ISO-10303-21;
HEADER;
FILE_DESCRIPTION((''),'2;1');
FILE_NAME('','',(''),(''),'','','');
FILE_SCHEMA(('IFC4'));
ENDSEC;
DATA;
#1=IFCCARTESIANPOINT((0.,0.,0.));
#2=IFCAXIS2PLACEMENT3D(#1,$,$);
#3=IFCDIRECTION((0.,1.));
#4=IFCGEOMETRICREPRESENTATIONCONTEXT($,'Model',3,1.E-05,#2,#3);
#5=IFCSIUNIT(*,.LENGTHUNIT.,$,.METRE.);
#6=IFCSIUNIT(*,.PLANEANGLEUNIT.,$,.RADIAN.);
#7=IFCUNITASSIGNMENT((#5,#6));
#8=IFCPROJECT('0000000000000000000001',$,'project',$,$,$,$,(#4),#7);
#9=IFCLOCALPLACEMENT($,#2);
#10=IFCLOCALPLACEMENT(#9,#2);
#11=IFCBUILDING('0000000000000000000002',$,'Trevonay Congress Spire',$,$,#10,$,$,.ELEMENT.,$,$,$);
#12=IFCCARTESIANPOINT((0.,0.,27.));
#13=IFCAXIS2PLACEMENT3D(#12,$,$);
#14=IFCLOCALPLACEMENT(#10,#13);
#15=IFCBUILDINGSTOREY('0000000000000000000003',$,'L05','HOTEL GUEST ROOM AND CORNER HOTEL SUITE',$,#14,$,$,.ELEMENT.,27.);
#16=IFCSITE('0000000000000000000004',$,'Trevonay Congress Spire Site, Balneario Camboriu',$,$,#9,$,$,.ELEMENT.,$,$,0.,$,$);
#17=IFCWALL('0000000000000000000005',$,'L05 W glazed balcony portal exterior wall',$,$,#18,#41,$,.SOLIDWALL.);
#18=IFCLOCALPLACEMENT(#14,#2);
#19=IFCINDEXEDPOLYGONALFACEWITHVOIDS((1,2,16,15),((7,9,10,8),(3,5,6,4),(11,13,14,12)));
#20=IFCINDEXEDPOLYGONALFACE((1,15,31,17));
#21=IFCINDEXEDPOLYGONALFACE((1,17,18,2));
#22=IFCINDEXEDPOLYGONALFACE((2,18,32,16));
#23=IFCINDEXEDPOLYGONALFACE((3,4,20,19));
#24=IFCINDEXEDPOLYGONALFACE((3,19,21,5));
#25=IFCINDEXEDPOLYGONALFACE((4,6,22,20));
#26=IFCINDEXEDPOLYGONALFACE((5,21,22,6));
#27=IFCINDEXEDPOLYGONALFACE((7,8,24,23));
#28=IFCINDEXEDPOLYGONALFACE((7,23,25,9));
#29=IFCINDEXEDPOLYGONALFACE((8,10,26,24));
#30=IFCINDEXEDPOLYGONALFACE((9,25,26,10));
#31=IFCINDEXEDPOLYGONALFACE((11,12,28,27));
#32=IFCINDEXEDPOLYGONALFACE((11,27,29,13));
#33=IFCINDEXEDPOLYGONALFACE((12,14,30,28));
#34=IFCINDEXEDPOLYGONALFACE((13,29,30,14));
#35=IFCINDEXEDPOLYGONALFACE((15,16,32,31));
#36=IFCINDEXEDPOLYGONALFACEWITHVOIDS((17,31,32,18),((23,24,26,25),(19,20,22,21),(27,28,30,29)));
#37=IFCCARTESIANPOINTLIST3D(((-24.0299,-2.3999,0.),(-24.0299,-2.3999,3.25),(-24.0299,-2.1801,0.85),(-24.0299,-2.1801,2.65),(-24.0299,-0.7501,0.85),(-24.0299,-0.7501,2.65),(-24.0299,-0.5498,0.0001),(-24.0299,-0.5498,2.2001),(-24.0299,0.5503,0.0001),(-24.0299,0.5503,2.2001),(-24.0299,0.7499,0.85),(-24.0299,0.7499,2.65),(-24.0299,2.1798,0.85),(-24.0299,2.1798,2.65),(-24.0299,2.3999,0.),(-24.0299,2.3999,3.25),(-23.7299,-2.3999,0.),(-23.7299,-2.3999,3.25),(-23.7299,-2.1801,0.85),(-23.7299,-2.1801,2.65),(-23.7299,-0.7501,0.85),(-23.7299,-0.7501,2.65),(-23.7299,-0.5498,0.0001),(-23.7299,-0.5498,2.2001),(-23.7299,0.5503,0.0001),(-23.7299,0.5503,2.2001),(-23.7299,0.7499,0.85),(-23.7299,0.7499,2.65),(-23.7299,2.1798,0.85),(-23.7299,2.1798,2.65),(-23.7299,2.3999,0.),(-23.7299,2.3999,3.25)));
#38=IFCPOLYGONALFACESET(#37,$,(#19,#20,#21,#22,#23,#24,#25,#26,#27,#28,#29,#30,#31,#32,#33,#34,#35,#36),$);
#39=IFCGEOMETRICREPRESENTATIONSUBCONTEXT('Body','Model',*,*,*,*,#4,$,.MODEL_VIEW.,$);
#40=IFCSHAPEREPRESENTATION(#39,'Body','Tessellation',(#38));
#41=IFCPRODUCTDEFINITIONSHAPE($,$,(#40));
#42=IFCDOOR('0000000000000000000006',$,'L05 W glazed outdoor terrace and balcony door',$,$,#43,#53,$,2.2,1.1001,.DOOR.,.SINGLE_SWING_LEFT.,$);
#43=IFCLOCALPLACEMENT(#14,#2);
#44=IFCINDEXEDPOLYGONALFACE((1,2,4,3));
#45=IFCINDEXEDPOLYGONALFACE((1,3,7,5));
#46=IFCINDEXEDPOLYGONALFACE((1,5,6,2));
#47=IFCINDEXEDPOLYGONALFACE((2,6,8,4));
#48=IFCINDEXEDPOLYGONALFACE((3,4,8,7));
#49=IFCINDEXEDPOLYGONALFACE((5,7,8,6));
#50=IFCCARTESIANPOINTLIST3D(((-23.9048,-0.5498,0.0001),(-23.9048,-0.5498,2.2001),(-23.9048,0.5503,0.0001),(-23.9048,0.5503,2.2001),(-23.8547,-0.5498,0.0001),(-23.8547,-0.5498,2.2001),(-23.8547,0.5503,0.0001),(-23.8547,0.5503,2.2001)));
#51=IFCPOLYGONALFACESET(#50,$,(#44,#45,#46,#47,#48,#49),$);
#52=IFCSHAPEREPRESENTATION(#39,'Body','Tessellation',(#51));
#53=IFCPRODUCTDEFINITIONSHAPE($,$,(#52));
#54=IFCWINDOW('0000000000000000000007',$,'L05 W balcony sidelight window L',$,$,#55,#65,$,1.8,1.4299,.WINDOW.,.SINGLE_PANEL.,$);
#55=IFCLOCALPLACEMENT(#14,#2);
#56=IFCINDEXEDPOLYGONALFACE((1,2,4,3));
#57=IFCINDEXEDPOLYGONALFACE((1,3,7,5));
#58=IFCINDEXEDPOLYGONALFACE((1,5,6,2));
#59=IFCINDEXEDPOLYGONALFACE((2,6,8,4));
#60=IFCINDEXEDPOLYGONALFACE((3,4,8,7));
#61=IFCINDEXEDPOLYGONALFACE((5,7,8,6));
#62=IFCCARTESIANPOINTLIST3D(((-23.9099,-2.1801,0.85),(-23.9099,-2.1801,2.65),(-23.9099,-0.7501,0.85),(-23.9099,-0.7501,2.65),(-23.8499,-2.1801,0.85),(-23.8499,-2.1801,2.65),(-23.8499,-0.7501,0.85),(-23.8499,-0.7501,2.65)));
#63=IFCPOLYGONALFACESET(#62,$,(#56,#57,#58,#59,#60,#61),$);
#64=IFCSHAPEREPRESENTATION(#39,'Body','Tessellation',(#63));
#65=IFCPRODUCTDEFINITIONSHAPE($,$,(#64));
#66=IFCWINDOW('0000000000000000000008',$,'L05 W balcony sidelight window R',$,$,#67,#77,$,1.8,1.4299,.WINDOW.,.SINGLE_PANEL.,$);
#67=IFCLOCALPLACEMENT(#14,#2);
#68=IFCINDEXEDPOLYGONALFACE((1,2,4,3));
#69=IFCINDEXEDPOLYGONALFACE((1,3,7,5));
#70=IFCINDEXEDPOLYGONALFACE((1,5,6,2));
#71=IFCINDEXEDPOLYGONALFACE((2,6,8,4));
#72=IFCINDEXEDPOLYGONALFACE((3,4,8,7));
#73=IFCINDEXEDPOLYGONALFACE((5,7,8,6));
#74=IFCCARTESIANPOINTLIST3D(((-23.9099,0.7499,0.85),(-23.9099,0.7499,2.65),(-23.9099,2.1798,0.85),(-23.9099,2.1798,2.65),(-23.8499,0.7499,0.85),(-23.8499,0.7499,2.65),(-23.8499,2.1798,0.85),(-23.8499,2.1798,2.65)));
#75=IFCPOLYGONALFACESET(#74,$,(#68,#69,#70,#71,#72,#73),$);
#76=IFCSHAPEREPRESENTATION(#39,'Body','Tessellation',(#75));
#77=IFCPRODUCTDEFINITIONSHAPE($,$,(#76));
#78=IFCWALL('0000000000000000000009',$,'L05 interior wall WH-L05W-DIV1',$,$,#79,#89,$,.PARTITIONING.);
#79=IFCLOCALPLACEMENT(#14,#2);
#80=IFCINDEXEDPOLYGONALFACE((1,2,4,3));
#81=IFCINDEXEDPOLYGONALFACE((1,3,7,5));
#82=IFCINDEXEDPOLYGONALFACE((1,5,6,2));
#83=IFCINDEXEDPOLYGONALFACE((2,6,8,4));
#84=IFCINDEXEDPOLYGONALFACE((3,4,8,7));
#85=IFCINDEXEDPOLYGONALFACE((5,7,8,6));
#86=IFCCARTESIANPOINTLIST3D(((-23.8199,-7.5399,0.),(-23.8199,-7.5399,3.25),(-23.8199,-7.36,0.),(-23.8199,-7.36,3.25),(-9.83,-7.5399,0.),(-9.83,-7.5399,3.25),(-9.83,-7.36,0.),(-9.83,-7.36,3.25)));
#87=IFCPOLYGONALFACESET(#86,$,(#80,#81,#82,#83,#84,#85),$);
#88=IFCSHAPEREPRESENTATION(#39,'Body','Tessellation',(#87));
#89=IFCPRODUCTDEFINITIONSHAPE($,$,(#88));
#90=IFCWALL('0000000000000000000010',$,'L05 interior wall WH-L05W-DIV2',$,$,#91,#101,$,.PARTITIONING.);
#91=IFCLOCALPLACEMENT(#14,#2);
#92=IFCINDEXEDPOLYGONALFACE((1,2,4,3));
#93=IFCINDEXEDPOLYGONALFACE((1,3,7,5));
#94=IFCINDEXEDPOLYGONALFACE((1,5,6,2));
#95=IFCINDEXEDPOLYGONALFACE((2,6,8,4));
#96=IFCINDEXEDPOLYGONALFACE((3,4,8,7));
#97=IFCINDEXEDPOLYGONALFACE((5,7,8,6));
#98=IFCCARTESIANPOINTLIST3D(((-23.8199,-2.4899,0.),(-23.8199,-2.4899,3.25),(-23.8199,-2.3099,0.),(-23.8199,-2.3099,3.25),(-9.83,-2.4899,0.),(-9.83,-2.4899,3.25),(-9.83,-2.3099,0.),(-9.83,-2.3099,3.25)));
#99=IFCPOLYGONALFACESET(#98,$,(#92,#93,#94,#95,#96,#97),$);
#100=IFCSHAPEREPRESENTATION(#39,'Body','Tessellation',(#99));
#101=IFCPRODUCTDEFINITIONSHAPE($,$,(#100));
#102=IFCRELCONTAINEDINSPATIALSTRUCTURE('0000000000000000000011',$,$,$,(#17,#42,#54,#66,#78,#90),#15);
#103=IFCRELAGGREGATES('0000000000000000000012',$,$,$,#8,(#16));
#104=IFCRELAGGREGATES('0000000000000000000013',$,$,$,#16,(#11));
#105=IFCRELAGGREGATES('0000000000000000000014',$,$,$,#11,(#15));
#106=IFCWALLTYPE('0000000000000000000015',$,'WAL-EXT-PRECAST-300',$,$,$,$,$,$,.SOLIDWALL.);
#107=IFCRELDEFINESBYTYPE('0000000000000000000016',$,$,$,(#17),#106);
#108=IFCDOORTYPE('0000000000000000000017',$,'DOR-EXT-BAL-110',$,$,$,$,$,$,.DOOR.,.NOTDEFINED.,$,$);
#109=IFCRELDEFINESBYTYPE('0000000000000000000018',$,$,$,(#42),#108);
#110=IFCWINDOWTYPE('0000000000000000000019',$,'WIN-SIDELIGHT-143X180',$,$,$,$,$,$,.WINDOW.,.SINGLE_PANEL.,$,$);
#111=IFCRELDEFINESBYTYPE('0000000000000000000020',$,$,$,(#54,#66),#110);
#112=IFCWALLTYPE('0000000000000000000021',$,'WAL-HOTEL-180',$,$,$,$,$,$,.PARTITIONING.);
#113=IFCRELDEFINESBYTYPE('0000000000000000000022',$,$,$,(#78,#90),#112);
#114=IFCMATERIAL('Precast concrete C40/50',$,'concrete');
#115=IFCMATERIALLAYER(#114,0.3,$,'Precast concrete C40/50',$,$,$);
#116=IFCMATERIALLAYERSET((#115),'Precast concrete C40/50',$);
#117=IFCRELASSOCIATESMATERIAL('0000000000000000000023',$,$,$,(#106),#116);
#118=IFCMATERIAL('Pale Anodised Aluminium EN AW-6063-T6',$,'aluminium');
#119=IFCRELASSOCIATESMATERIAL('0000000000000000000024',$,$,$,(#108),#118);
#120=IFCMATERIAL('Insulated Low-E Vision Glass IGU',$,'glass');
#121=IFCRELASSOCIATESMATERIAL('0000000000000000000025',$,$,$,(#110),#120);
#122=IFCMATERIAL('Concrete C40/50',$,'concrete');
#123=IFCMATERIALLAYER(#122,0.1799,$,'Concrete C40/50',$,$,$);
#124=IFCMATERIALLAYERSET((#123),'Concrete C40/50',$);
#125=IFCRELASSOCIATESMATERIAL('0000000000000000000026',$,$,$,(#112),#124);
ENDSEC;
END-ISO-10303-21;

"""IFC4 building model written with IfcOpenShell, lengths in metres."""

from ifc_helpers import new_model, si_unit, direction, frame, frame_2d, origin, place, context, subcontext, project, spatial, rectangle, extrude, material, layer, layer_set, type_object, element, fill, save


model = new_model("IFC4")

# Units and contexts
model_context = context("Model", 3, precision=1e-05, world=origin(), true_north=direction((0.0, 1.0)))
body_context = subcontext(model_context, "Body", "Model", "MODEL_VIEW")
ifc_project = project(units=[si_unit("LENGTHUNIT", "METRE"), si_unit("PLANEANGLEUNIT", "RADIAN")], contexts=[model_context])

# Site, building, storey
site_placement = place(None, origin())
site = spatial("IfcSite", under=ifc_project, at=site_placement, Name="Trevonay Congress Spire Site, Balneario Camboriu", CompositionType="ELEMENT", RefElevation=0.0)
building_placement = place(site_placement, origin())
building = spatial("IfcBuilding", under=site, at=building_placement, Name="Trevonay Congress Spire", CompositionType="ELEMENT")
storey_placement = place(building_placement, frame((0.0, 0.0, 27.0)))
storey = spatial("IfcBuildingStorey", under=building, at=storey_placement, Name="L05", Description="HOTEL GUEST ROOM AND CORNER HOTEL SUITE", CompositionType="ELEMENT", Elevation=27.0)

# Shared definitions
ifc_material_1 = material(Name="Concrete C40/50", Category="concrete")
ifc_material_2 = material(Name="Pale Anodised Aluminium EN AW-6063-T6", Category="aluminium")

# Wall, openings, door, windows
ifc_material_3 = material(Name="Precast concrete C40/50", Category="concrete")
ifc_layer_1 = layer(ifc_material_3, 0.3, Name="Precast concrete C40/50")
ifc_layer_set_1 = layer_set([ifc_layer_1], Name="Precast concrete C40/50")
wall_type_1 = type_object("IfcWallType", Name="WAL-EXT-PRECAST-300", PredefinedType="SOLIDWALL", material=ifc_layer_set_1)
wall_1_placement = place(storey_placement, frame((-23.8799, -2.3999, 0.0), z_axis=(0.0, 0.0, 1.0), x_axis=(0.0, 1.0, 0.0)))
wall_1 = element("IfcWall", 1, at=wall_1_placement, inside=storey, type_object=wall_type_1, Name="L05 W glazed balcony portal exterior wall", PredefinedType="SOLIDWALL", context=body_context, shape_type="SweptSolid", body=[
    extrude(rectangle(XDim=4.7998, YDim=0.3, at=frame_2d((2.3999, 0.0))), origin(), (0.0, 0.0, 1.0), 3.25),
])
opening_1_placement = place(wall_1_placement, frame((1.8501, 0.0, 0.0)))
opening_1 = element("IfcOpeningElement", 2, at=opening_1_placement, cuts=wall_1, PredefinedType="OPENING", context=body_context, shape_type="SweptSolid", body=[
    extrude(rectangle(XDim=1.1001, YDim=2.2, at=frame_2d((0.55, 1.1001))), frame((0.0, 0.1602, 0.0), z_axis=(0.0, -1.0, 0.0), x_axis=(1.0, 0.0, 0.0)), (0.0, 0.0, 1.0), 0.3201),
])
opening_2_placement = place(wall_1_placement, frame((0.22, 0.0, 0.8501)))
opening_2 = element("IfcOpeningElement", 3, at=opening_2_placement, cuts=wall_1, PredefinedType="OPENING", context=body_context, shape_type="SweptSolid", body=[
    extrude(rectangle(XDim=1.4299, YDim=1.8, at=frame_2d((0.7148, 0.8999))), frame((0.0, 0.1602, 0.0), z_axis=(0.0, -1.0, 0.0), x_axis=(1.0, 0.0, 0.0)), (0.0, 0.0, 1.0), 0.3201),
])
opening_3_placement = place(wall_1_placement, frame((3.1499, 0.0, 0.8501)))
opening_3 = element("IfcOpeningElement", 4, at=opening_3_placement, cuts=wall_1, PredefinedType="OPENING", context=body_context, shape_type="SweptSolid", body=[
    extrude(rectangle(XDim=1.4299, YDim=1.8, at=frame_2d((0.7148, 0.8999))), frame((0.0, 0.1602, 0.0), z_axis=(0.0, -1.0, 0.0), x_axis=(1.0, 0.0, 0.0)), (0.0, 0.0, 1.0), 0.3201),
])
door_type_1 = type_object("IfcDoorType", Name="DOR-EXT-BAL-110", OperationType="NOTDEFINED", PredefinedType="DOOR", material=ifc_material_2)
door_1_placement = place(opening_1_placement, origin())
door_1 = element("IfcDoor", 5, at=door_1_placement, inside=storey, type_object=door_type_1, Name="L05 W glazed outdoor terrace and balcony door", OperationType="SINGLE_SWING_LEFT", OverallHeight=2.2, OverallWidth=1.1001, PredefinedType="DOOR", context=body_context, shape_type="SweptSolid", body=[
    extrude(rectangle(XDim=1.1001, YDim=2.2, at=frame_2d((0.55, 1.1001))), frame((0.0, 0.0249, 0.0), z_axis=(0.0, -1.0, 0.0), x_axis=(1.0, 0.0, 0.0)), (0.0, 0.0, 1.0), 0.05),
])
fill(opening_1, door_1)
ifc_material_4 = material(Name="Insulated Low-E Vision Glass IGU", Category="glass")
window_type = type_object("IfcWindowType", Name="WIN-SIDELIGHT-143X180", PartitioningType="SINGLE_PANEL", PredefinedType="WINDOW", material=ifc_material_4)
window_1_placement = place(opening_2_placement, origin())
window_1 = element("IfcWindow", 6, at=window_1_placement, inside=storey, type_object=window_type, Name="L05 W balcony sidelight window L", OverallHeight=1.8, OverallWidth=1.4299, PartitioningType="SINGLE_PANEL", PredefinedType="WINDOW", context=body_context, shape_type="SweptSolid", body=[
    extrude(rectangle(XDim=1.4299, YDim=1.8, at=frame_2d((0.7148, 0.8999))), frame((0.0, 0.03, 0.0), z_axis=(0.0, -1.0, 0.0), x_axis=(1.0, 0.0, 0.0)), (0.0, 0.0, 1.0), 0.0601),
])
fill(opening_2, window_1)
window_2_placement = place(opening_3_placement, origin())
window_2 = element("IfcWindow", 7, at=window_2_placement, inside=storey, type_object=window_type, Name="L05 W balcony sidelight window R", OverallHeight=1.8, OverallWidth=1.4299, PartitioningType="SINGLE_PANEL", PredefinedType="WINDOW", context=body_context, shape_type="SweptSolid", body=[
    extrude(rectangle(XDim=1.4299, YDim=1.8, at=frame_2d((0.7148, 0.8999))), frame((0.0, 0.03, 0.0), z_axis=(0.0, -1.0, 0.0), x_axis=(1.0, 0.0, 0.0)), (0.0, 0.0, 1.0), 0.0601),
])
fill(opening_3, window_2)

# Walls
ifc_layer_2 = layer(ifc_material_1, 0.1799, Name="Concrete C40/50")
ifc_layer_set_2 = layer_set([ifc_layer_2], Name="Concrete C40/50")
wall_type_2 = type_object("IfcWallType", Name="WAL-HOTEL-180", PredefinedType="PARTITIONING", material=ifc_layer_set_2)
for number, where, z_axis, x_axis, name in (
    (8, (-23.8201, -7.45, 0.0), (0.0, 0.0, 1.0), (1.0, 0.0, 0.0), "L05 interior wall WH-L05W-DIV1"),
    (9, (-23.8201, -2.3999, 0.0), (0.0, 0.0, 1.0), (1.0, 0.0, 0.0), "L05 interior wall WH-L05W-DIV2"),
):
    element("IfcWall", number, at=place(storey_placement, frame(where, z_axis=z_axis, x_axis=x_axis)), inside=storey, type_object=wall_type_2, Name=name, PredefinedType="PARTITIONING", context=body_context, shape_type="SweptSolid", body=[
        extrude(rectangle(XDim=13.99, YDim=0.1799, at=frame_2d((6.9951, 0.0))), origin(), (0.0, 0.0, 1.0), 3.25),
    ])

save(model, "model.ifc")
